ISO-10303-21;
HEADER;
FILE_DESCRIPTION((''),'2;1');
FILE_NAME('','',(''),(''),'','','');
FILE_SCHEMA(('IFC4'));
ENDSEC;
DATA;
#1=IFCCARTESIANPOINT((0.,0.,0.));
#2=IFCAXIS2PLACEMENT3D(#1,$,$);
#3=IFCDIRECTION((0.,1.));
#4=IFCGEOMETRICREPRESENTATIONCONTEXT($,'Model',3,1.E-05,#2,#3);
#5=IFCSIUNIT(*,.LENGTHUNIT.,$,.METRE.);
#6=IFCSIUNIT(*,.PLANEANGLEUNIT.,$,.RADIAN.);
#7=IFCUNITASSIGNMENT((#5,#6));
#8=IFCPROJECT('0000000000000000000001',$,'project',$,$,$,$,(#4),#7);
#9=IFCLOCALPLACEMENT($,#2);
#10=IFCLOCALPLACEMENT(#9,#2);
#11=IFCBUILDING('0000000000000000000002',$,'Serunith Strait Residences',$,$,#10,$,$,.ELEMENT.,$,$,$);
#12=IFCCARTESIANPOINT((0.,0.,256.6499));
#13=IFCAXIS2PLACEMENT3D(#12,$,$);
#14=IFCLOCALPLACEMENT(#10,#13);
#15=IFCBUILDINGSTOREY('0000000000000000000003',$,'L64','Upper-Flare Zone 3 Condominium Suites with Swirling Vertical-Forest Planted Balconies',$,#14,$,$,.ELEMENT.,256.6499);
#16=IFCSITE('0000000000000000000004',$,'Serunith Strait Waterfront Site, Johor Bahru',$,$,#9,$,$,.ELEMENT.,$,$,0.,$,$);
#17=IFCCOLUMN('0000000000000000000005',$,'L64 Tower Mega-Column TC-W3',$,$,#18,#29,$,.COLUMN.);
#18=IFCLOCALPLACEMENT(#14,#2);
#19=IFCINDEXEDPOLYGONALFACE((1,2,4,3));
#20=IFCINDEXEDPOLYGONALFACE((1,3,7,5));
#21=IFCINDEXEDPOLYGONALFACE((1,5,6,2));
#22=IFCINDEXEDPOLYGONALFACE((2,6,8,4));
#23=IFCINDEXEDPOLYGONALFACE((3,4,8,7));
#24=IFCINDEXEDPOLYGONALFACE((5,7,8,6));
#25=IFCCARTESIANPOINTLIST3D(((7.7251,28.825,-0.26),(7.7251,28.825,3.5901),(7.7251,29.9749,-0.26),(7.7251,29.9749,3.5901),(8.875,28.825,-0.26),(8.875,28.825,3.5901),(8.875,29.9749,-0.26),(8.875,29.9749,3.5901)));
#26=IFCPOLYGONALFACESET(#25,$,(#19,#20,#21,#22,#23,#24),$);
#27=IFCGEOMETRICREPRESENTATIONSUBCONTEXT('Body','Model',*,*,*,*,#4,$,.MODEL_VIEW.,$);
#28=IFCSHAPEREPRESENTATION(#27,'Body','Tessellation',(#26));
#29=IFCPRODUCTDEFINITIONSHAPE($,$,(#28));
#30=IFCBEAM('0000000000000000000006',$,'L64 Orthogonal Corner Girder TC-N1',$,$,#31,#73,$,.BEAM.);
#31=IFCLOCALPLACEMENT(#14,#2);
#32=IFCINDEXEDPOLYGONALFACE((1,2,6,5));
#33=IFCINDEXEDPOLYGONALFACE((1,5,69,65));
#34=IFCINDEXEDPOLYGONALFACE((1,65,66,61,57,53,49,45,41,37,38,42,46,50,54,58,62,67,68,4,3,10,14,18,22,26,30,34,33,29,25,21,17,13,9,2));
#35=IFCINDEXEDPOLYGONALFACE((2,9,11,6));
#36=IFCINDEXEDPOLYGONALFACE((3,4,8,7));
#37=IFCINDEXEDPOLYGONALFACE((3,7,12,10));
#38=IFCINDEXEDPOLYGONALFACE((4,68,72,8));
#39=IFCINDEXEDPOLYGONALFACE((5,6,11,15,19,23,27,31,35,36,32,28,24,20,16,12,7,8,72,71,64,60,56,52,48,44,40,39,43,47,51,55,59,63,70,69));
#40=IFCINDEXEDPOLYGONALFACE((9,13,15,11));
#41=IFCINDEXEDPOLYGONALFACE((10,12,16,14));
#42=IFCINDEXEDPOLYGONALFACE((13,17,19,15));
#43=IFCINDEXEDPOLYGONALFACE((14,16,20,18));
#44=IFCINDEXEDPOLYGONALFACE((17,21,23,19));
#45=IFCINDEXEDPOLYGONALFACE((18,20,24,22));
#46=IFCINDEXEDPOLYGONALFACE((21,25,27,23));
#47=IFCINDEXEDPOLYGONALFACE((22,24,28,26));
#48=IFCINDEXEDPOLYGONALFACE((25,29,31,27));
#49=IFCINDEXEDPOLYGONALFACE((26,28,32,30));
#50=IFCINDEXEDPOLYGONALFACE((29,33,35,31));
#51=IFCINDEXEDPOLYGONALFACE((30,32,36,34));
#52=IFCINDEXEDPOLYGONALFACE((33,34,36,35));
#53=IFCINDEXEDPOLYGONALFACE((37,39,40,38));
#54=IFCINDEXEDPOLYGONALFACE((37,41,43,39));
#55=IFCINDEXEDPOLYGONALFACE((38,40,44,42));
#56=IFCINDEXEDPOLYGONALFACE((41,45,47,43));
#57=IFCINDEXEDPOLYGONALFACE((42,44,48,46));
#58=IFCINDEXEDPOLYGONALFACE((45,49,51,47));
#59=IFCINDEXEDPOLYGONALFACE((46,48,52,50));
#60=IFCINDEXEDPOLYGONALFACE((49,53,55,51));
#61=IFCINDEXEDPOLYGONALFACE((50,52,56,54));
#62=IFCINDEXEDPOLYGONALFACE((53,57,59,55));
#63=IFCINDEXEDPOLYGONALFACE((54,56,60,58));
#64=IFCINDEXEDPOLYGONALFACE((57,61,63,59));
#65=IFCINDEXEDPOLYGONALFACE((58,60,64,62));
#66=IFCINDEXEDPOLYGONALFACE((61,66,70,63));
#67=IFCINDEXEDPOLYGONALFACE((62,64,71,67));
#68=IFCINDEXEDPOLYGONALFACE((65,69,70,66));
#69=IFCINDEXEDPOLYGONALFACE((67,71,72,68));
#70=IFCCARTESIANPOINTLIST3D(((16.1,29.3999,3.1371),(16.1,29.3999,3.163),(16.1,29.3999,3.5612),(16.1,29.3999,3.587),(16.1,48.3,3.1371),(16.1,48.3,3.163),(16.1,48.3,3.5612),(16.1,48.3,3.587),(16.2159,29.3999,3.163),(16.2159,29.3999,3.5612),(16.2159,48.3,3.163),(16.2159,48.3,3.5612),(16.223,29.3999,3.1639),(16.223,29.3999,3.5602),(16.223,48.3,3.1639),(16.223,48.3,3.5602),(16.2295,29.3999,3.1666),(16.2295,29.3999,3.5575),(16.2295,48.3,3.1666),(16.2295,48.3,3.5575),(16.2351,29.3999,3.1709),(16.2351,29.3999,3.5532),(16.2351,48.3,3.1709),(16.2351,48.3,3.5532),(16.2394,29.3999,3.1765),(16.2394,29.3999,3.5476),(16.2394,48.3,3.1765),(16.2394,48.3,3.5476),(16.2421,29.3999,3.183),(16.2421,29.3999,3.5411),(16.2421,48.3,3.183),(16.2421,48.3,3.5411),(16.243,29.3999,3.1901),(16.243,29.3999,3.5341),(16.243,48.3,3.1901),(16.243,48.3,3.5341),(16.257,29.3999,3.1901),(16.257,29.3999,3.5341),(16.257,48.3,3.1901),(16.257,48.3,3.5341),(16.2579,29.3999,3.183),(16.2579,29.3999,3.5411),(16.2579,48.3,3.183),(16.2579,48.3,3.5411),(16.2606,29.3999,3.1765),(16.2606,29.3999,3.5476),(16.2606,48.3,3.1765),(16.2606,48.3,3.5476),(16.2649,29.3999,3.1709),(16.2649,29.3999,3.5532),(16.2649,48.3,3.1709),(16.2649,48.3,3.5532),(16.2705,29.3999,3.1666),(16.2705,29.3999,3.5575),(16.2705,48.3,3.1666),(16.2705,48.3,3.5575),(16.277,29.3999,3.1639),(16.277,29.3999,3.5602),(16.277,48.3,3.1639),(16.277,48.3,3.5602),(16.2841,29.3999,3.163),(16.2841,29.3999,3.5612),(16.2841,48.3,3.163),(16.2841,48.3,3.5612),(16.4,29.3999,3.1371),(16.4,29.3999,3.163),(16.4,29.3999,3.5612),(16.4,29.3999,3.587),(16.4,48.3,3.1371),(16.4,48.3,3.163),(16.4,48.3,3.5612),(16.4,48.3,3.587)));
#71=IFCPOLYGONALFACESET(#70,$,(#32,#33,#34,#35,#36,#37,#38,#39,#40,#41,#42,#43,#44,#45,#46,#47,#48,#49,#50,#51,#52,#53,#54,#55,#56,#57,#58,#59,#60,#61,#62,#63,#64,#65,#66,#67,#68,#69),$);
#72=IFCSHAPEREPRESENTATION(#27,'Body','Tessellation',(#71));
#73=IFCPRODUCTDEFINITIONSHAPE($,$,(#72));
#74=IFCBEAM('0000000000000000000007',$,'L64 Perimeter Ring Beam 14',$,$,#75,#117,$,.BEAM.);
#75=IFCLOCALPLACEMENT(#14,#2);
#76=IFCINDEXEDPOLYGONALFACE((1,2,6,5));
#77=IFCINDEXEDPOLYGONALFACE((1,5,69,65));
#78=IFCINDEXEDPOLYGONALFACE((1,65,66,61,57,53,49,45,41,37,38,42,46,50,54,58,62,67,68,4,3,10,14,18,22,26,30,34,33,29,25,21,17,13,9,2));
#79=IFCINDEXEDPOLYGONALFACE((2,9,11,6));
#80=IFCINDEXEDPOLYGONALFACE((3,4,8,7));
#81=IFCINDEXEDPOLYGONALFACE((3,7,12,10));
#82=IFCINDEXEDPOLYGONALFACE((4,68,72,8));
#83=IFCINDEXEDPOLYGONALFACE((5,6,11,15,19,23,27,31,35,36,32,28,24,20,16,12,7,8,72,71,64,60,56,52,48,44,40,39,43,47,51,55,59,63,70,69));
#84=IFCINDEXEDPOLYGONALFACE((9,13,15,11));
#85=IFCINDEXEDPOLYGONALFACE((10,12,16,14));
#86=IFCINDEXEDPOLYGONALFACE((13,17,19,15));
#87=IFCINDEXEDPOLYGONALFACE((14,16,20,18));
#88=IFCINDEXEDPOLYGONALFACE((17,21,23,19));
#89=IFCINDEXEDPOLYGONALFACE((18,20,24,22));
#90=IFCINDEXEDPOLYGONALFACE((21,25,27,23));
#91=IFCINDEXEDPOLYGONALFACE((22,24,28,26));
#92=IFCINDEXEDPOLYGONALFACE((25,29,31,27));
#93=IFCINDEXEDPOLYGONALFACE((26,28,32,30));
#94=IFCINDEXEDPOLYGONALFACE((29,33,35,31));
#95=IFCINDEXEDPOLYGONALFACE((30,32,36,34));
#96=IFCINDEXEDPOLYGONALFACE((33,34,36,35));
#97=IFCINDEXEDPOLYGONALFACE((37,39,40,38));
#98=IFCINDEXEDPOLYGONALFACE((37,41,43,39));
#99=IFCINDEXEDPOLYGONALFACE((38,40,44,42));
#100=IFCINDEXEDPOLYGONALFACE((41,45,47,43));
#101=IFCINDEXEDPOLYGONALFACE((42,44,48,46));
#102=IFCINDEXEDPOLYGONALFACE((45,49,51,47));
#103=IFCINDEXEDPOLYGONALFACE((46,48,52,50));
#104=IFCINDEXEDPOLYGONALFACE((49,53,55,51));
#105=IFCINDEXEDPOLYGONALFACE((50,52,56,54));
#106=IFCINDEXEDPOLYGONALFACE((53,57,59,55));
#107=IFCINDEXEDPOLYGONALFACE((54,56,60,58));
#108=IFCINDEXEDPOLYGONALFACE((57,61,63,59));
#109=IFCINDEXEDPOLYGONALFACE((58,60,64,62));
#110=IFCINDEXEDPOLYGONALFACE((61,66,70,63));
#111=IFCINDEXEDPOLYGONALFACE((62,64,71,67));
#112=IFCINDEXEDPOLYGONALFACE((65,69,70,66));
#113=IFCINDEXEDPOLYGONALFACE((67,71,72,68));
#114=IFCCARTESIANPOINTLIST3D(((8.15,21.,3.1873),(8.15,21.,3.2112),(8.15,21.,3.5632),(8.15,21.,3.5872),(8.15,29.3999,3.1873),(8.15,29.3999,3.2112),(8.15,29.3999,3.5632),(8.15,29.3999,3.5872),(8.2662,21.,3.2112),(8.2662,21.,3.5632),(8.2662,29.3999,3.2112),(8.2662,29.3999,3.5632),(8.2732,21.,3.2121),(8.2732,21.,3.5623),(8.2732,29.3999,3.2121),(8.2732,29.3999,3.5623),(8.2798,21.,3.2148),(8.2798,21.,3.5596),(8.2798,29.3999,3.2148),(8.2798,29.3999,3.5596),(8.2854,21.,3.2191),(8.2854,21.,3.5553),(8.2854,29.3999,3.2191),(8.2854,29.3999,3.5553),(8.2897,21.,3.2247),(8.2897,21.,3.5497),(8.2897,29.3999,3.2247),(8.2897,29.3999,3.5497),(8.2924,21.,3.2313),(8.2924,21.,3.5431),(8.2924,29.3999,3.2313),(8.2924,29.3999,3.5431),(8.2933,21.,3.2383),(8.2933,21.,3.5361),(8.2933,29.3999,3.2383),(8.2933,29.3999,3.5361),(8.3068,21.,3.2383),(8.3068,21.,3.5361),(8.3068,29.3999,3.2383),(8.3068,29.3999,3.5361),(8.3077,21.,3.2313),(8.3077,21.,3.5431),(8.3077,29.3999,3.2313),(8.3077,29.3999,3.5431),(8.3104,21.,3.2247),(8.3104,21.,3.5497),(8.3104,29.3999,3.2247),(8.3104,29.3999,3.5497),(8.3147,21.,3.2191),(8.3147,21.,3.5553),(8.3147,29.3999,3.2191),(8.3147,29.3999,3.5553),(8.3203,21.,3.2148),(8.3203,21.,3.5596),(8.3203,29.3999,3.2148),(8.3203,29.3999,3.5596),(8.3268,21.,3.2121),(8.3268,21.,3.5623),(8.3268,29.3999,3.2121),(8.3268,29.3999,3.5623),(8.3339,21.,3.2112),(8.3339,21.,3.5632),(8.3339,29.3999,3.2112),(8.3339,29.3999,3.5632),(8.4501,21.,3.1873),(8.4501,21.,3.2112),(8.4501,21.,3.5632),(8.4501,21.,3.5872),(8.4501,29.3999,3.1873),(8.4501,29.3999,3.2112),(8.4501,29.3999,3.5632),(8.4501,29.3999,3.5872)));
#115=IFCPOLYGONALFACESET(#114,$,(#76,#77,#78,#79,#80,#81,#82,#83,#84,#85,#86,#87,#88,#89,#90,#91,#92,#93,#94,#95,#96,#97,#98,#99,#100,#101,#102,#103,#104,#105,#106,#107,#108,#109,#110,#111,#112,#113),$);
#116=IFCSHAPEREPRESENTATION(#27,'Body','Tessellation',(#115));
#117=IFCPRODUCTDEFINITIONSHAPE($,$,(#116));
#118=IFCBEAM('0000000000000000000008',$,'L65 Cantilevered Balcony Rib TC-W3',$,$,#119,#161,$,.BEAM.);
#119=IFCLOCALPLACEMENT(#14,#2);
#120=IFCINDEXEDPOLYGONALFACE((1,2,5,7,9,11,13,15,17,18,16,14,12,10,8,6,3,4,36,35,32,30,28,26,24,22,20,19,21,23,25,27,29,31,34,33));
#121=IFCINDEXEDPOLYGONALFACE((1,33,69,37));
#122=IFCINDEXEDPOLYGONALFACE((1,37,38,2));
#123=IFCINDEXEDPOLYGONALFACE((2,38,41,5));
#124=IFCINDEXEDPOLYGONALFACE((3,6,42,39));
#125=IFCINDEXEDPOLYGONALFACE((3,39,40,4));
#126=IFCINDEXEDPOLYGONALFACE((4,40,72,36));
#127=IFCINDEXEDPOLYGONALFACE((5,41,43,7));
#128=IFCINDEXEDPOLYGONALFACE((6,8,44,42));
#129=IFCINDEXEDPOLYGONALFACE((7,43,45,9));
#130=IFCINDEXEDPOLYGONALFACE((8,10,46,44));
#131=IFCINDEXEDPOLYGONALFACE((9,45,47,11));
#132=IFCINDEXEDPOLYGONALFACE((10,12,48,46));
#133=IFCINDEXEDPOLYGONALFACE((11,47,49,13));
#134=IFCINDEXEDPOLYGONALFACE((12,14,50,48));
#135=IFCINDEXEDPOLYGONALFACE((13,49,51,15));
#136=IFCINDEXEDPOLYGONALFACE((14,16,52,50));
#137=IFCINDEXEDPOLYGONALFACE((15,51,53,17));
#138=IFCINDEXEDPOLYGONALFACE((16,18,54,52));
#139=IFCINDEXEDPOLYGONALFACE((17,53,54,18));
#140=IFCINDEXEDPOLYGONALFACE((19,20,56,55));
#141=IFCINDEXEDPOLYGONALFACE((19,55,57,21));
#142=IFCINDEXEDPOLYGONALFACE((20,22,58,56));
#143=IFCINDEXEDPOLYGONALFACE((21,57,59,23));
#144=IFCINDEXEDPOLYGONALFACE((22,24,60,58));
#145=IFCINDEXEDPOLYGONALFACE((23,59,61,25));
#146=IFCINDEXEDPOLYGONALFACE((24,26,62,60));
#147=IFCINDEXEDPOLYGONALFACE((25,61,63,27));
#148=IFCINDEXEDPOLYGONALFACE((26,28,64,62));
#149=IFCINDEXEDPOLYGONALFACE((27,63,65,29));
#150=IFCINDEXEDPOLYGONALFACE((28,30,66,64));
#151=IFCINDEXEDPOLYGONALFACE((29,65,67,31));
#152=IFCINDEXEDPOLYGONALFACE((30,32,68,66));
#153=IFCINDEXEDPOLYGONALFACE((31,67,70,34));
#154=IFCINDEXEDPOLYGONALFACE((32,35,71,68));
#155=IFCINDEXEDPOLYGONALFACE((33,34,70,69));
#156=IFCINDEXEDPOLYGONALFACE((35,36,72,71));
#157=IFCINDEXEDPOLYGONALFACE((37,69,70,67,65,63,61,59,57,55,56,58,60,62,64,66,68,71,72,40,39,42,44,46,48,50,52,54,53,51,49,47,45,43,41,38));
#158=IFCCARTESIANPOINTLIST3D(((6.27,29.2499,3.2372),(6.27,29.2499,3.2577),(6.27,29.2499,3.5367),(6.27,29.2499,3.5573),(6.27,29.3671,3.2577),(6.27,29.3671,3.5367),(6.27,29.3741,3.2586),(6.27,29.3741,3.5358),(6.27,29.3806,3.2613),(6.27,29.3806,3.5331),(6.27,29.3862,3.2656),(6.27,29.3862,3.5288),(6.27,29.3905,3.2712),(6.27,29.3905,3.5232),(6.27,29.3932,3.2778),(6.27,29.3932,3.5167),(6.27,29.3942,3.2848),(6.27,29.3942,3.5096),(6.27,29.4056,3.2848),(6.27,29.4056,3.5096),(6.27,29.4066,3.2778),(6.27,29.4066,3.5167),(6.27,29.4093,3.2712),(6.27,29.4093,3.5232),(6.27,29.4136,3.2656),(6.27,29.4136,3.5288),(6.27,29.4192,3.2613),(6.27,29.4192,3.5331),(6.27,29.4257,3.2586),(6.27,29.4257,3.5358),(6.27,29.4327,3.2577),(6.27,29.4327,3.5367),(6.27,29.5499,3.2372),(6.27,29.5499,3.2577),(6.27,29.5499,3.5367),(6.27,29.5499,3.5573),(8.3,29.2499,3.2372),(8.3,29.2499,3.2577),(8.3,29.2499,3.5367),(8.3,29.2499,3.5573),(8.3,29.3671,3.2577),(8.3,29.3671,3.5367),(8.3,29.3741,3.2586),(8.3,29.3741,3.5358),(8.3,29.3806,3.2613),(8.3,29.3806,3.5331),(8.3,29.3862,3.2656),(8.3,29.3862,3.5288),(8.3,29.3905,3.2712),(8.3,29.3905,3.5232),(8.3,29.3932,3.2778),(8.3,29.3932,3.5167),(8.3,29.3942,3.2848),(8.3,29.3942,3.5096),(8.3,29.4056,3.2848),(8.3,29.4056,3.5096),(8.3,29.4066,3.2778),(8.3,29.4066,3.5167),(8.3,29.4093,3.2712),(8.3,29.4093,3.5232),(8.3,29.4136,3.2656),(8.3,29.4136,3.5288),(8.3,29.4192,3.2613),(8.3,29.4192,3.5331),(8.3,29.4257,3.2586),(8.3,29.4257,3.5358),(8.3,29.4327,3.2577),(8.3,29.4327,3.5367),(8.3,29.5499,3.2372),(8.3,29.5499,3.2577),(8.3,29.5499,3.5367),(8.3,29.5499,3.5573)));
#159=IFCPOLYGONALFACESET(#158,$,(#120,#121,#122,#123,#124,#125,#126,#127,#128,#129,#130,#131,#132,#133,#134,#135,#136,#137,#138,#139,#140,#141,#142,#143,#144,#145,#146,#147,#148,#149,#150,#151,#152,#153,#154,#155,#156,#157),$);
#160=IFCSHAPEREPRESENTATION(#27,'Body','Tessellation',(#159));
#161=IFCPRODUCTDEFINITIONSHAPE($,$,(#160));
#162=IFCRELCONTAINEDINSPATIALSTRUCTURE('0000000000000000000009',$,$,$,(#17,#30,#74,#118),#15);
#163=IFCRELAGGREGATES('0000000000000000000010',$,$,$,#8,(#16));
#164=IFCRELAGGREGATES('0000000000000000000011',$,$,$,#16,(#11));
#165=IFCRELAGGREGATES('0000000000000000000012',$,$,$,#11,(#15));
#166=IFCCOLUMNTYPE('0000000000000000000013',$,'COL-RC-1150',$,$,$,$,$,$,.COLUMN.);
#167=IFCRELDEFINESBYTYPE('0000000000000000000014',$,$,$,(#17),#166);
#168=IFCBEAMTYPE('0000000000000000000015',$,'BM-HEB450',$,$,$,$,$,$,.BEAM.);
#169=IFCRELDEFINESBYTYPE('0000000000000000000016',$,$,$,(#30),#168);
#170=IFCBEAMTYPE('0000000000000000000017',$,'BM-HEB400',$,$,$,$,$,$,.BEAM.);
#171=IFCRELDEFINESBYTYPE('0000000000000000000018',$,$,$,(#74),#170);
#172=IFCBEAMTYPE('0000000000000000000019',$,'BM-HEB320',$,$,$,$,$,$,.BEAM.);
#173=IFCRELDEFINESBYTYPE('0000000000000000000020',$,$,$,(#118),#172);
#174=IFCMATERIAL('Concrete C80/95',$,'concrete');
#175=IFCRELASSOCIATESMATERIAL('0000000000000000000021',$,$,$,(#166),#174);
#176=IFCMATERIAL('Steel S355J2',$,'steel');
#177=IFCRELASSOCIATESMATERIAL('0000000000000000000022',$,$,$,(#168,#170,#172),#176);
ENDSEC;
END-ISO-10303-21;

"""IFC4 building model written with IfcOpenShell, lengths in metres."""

from ifc_helpers import new_model, si_unit, direction, frame, origin, origin_2d, place, context, subcontext, project, spatial, rectangle, i_section, extrude, source, transform, mapped, material, material_profile, profile_set, type_object, element, save


model = new_model("IFC4")

# Units and contexts
model_context = context("Model", 3, precision=1e-05, world=origin(), true_north=direction((0.0, 1.0)))
body_context = subcontext(model_context, "Body", "Model", "MODEL_VIEW")
ifc_project = project(units=[si_unit("LENGTHUNIT", "METRE"), si_unit("PLANEANGLEUNIT", "RADIAN")], contexts=[model_context])

# Site, building, storey
site_placement = place(None, origin())
site = spatial("IfcSite", under=ifc_project, at=site_placement, Name="Serunith Strait Waterfront Site, Johor Bahru", CompositionType="ELEMENT", RefElevation=0.0)
building_placement = place(site_placement, origin())
building = spatial("IfcBuilding", under=site, at=building_placement, Name="Serunith Strait Residences", CompositionType="ELEMENT")
storey_placement = place(building_placement, frame((0.0, 0.0, 256.6499)))
storey = spatial("IfcBuildingStorey", under=building, at=storey_placement, Name="L64", Description="Upper-Flare Zone 3 Condominium Suites with Swirling Vertical-Forest Planted Balconies", CompositionType="ELEMENT", Elevation=256.6499)

# Column
ifc_material_1 = material(Name="Concrete C80/95", Category="concrete")
ifc_material_profile_1 = material_profile(ifc_material_1, rectangle(XDim=1.1499, YDim=1.1499, at=origin_2d()), Name="RC 1150x1150")
ifc_profile_set_1 = profile_set([ifc_material_profile_1], Name="Concrete C80/95")
column_type = type_object("IfcColumnType", Name="COL-RC-1150", PredefinedType="COLUMN", material=ifc_profile_set_1)
shared_shape_1 = source(origin(), body_context, "Body", "SweptSolid", [
    extrude(rectangle(XDim=1.1499, YDim=1.1499, at=origin_2d()), origin(), (0.0, 0.0, 1.0), 3.8501),
])
column_placement = place(storey_placement, frame((8.3, 29.3999, -0.26), z_axis=(0.0, 0.0, 1.0), x_axis=(1.0, 0.0, 0.0)))
element("IfcColumn", 1, at=column_placement, inside=storey, type_object=column_type, Name="L64 Tower Mega-Column TC-W3", PredefinedType="COLUMN", context=body_context, shape_type="MappedRepresentation", body=[
    mapped(shared_shape_1, transform((0.0, 0.0, 0.0), scale=1.0)),
])

# Beams
ifc_material_2 = material(Name="Steel S355J2", Category="steel")
ifc_material_profile_2 = material_profile(ifc_material_2, i_section(OverallWidth=0.3, OverallDepth=0.45, WebThickness=0.0139, FlangeThickness=0.0259, FilletRadius=0.0271, at=origin_2d()), Name="HEB 450")
ifc_profile_set_2 = profile_set([ifc_material_profile_2], Name="Steel S355J2")
beam_type_1 = type_object("IfcBeamType", Name="BM-HEB450", PredefinedType="BEAM", material=ifc_profile_set_2)
shared_shape_2 = source(origin(), body_context, "Body", "SweptSolid", [
    extrude(i_section(OverallWidth=0.3, OverallDepth=0.45, WebThickness=0.0139, FlangeThickness=0.0259, FilletRadius=0.0271, at=origin_2d()), origin(), (0.0, 0.0, 1.0), 18.9001),
])
beam_1_placement = place(storey_placement, frame((16.25, 29.3999, 3.3621), z_axis=(0.0, 1.0, 0.0), x_axis=(-1.0, 0.0, 0.0)))
element("IfcBeam", 2, at=beam_1_placement, inside=storey, type_object=beam_type_1, Name="L64 Orthogonal Corner Girder TC-N1", PredefinedType="BEAM", context=body_context, shape_type="MappedRepresentation", body=[
    mapped(shared_shape_2, transform((0.0, 0.0, 0.0), scale=1.0)),
])
ifc_material_profile_3 = material_profile(ifc_material_2, i_section(OverallWidth=0.3, OverallDepth=0.3999, WebThickness=0.0134, FlangeThickness=0.0239, FilletRadius=0.0271, at=origin_2d()), Name="HEB 400")
ifc_profile_set_3 = profile_set([ifc_material_profile_3], Name="Steel S355J2")
beam_type_2 = type_object("IfcBeamType", Name="BM-HEB400", PredefinedType="BEAM", material=ifc_profile_set_3)
shared_shape_3 = source(origin(), body_context, "Body", "SweptSolid", [
    extrude(i_section(OverallWidth=0.3, OverallDepth=0.3999, WebThickness=0.0134, FlangeThickness=0.0239, FilletRadius=0.0271, at=origin_2d()), origin(), (0.0, 0.0, 1.0), 8.3999),
])
beam_2_placement = place(storey_placement, frame((8.3, 29.3999, 3.3872), z_axis=(0.0, -1.0, 0.0), x_axis=(1.0, 0.0, 0.0)))
element("IfcBeam", 3, at=beam_2_placement, inside=storey, type_object=beam_type_2, Name="L64 Perimeter Ring Beam 14", PredefinedType="BEAM", context=body_context, shape_type="MappedRepresentation", body=[
    mapped(shared_shape_3, transform((0.0, 0.0, 0.0), scale=1.0)),
])
ifc_material_profile_4 = material_profile(ifc_material_2, i_section(OverallWidth=0.3, OverallDepth=0.3201, WebThickness=0.0115, FlangeThickness=0.0205, FilletRadius=0.0271, at=origin_2d()), Name="HEB 320")
ifc_profile_set_4 = profile_set([ifc_material_profile_4], Name="Steel S355J2")
beam_type_3 = type_object("IfcBeamType", Name="BM-HEB320", PredefinedType="BEAM", material=ifc_profile_set_4)
shared_shape_4 = source(origin(), body_context, "Body", "SweptSolid", [
    extrude(i_section(OverallWidth=0.3, OverallDepth=0.3201, WebThickness=0.0115, FlangeThickness=0.0205, FilletRadius=0.0271, at=origin_2d()), origin(), (0.0, 0.0, 1.0), 2.03),
])
beam_3_placement = place(storey_placement, frame((8.3, 29.3999, 3.3972), z_axis=(-1.0, 0.0, 0.0), x_axis=(0.0, -1.0, 0.0)))
element("IfcBeam", 4, at=beam_3_placement, inside=storey, type_object=beam_type_3, Name="L65 Cantilevered Balcony Rib TC-W3", PredefinedType="BEAM", context=body_context, shape_type="MappedRepresentation", body=[
    mapped(shared_shape_4, transform((0.0, 0.0, 0.0), scale=1.0)),
])

save(model, "model.ifc")
